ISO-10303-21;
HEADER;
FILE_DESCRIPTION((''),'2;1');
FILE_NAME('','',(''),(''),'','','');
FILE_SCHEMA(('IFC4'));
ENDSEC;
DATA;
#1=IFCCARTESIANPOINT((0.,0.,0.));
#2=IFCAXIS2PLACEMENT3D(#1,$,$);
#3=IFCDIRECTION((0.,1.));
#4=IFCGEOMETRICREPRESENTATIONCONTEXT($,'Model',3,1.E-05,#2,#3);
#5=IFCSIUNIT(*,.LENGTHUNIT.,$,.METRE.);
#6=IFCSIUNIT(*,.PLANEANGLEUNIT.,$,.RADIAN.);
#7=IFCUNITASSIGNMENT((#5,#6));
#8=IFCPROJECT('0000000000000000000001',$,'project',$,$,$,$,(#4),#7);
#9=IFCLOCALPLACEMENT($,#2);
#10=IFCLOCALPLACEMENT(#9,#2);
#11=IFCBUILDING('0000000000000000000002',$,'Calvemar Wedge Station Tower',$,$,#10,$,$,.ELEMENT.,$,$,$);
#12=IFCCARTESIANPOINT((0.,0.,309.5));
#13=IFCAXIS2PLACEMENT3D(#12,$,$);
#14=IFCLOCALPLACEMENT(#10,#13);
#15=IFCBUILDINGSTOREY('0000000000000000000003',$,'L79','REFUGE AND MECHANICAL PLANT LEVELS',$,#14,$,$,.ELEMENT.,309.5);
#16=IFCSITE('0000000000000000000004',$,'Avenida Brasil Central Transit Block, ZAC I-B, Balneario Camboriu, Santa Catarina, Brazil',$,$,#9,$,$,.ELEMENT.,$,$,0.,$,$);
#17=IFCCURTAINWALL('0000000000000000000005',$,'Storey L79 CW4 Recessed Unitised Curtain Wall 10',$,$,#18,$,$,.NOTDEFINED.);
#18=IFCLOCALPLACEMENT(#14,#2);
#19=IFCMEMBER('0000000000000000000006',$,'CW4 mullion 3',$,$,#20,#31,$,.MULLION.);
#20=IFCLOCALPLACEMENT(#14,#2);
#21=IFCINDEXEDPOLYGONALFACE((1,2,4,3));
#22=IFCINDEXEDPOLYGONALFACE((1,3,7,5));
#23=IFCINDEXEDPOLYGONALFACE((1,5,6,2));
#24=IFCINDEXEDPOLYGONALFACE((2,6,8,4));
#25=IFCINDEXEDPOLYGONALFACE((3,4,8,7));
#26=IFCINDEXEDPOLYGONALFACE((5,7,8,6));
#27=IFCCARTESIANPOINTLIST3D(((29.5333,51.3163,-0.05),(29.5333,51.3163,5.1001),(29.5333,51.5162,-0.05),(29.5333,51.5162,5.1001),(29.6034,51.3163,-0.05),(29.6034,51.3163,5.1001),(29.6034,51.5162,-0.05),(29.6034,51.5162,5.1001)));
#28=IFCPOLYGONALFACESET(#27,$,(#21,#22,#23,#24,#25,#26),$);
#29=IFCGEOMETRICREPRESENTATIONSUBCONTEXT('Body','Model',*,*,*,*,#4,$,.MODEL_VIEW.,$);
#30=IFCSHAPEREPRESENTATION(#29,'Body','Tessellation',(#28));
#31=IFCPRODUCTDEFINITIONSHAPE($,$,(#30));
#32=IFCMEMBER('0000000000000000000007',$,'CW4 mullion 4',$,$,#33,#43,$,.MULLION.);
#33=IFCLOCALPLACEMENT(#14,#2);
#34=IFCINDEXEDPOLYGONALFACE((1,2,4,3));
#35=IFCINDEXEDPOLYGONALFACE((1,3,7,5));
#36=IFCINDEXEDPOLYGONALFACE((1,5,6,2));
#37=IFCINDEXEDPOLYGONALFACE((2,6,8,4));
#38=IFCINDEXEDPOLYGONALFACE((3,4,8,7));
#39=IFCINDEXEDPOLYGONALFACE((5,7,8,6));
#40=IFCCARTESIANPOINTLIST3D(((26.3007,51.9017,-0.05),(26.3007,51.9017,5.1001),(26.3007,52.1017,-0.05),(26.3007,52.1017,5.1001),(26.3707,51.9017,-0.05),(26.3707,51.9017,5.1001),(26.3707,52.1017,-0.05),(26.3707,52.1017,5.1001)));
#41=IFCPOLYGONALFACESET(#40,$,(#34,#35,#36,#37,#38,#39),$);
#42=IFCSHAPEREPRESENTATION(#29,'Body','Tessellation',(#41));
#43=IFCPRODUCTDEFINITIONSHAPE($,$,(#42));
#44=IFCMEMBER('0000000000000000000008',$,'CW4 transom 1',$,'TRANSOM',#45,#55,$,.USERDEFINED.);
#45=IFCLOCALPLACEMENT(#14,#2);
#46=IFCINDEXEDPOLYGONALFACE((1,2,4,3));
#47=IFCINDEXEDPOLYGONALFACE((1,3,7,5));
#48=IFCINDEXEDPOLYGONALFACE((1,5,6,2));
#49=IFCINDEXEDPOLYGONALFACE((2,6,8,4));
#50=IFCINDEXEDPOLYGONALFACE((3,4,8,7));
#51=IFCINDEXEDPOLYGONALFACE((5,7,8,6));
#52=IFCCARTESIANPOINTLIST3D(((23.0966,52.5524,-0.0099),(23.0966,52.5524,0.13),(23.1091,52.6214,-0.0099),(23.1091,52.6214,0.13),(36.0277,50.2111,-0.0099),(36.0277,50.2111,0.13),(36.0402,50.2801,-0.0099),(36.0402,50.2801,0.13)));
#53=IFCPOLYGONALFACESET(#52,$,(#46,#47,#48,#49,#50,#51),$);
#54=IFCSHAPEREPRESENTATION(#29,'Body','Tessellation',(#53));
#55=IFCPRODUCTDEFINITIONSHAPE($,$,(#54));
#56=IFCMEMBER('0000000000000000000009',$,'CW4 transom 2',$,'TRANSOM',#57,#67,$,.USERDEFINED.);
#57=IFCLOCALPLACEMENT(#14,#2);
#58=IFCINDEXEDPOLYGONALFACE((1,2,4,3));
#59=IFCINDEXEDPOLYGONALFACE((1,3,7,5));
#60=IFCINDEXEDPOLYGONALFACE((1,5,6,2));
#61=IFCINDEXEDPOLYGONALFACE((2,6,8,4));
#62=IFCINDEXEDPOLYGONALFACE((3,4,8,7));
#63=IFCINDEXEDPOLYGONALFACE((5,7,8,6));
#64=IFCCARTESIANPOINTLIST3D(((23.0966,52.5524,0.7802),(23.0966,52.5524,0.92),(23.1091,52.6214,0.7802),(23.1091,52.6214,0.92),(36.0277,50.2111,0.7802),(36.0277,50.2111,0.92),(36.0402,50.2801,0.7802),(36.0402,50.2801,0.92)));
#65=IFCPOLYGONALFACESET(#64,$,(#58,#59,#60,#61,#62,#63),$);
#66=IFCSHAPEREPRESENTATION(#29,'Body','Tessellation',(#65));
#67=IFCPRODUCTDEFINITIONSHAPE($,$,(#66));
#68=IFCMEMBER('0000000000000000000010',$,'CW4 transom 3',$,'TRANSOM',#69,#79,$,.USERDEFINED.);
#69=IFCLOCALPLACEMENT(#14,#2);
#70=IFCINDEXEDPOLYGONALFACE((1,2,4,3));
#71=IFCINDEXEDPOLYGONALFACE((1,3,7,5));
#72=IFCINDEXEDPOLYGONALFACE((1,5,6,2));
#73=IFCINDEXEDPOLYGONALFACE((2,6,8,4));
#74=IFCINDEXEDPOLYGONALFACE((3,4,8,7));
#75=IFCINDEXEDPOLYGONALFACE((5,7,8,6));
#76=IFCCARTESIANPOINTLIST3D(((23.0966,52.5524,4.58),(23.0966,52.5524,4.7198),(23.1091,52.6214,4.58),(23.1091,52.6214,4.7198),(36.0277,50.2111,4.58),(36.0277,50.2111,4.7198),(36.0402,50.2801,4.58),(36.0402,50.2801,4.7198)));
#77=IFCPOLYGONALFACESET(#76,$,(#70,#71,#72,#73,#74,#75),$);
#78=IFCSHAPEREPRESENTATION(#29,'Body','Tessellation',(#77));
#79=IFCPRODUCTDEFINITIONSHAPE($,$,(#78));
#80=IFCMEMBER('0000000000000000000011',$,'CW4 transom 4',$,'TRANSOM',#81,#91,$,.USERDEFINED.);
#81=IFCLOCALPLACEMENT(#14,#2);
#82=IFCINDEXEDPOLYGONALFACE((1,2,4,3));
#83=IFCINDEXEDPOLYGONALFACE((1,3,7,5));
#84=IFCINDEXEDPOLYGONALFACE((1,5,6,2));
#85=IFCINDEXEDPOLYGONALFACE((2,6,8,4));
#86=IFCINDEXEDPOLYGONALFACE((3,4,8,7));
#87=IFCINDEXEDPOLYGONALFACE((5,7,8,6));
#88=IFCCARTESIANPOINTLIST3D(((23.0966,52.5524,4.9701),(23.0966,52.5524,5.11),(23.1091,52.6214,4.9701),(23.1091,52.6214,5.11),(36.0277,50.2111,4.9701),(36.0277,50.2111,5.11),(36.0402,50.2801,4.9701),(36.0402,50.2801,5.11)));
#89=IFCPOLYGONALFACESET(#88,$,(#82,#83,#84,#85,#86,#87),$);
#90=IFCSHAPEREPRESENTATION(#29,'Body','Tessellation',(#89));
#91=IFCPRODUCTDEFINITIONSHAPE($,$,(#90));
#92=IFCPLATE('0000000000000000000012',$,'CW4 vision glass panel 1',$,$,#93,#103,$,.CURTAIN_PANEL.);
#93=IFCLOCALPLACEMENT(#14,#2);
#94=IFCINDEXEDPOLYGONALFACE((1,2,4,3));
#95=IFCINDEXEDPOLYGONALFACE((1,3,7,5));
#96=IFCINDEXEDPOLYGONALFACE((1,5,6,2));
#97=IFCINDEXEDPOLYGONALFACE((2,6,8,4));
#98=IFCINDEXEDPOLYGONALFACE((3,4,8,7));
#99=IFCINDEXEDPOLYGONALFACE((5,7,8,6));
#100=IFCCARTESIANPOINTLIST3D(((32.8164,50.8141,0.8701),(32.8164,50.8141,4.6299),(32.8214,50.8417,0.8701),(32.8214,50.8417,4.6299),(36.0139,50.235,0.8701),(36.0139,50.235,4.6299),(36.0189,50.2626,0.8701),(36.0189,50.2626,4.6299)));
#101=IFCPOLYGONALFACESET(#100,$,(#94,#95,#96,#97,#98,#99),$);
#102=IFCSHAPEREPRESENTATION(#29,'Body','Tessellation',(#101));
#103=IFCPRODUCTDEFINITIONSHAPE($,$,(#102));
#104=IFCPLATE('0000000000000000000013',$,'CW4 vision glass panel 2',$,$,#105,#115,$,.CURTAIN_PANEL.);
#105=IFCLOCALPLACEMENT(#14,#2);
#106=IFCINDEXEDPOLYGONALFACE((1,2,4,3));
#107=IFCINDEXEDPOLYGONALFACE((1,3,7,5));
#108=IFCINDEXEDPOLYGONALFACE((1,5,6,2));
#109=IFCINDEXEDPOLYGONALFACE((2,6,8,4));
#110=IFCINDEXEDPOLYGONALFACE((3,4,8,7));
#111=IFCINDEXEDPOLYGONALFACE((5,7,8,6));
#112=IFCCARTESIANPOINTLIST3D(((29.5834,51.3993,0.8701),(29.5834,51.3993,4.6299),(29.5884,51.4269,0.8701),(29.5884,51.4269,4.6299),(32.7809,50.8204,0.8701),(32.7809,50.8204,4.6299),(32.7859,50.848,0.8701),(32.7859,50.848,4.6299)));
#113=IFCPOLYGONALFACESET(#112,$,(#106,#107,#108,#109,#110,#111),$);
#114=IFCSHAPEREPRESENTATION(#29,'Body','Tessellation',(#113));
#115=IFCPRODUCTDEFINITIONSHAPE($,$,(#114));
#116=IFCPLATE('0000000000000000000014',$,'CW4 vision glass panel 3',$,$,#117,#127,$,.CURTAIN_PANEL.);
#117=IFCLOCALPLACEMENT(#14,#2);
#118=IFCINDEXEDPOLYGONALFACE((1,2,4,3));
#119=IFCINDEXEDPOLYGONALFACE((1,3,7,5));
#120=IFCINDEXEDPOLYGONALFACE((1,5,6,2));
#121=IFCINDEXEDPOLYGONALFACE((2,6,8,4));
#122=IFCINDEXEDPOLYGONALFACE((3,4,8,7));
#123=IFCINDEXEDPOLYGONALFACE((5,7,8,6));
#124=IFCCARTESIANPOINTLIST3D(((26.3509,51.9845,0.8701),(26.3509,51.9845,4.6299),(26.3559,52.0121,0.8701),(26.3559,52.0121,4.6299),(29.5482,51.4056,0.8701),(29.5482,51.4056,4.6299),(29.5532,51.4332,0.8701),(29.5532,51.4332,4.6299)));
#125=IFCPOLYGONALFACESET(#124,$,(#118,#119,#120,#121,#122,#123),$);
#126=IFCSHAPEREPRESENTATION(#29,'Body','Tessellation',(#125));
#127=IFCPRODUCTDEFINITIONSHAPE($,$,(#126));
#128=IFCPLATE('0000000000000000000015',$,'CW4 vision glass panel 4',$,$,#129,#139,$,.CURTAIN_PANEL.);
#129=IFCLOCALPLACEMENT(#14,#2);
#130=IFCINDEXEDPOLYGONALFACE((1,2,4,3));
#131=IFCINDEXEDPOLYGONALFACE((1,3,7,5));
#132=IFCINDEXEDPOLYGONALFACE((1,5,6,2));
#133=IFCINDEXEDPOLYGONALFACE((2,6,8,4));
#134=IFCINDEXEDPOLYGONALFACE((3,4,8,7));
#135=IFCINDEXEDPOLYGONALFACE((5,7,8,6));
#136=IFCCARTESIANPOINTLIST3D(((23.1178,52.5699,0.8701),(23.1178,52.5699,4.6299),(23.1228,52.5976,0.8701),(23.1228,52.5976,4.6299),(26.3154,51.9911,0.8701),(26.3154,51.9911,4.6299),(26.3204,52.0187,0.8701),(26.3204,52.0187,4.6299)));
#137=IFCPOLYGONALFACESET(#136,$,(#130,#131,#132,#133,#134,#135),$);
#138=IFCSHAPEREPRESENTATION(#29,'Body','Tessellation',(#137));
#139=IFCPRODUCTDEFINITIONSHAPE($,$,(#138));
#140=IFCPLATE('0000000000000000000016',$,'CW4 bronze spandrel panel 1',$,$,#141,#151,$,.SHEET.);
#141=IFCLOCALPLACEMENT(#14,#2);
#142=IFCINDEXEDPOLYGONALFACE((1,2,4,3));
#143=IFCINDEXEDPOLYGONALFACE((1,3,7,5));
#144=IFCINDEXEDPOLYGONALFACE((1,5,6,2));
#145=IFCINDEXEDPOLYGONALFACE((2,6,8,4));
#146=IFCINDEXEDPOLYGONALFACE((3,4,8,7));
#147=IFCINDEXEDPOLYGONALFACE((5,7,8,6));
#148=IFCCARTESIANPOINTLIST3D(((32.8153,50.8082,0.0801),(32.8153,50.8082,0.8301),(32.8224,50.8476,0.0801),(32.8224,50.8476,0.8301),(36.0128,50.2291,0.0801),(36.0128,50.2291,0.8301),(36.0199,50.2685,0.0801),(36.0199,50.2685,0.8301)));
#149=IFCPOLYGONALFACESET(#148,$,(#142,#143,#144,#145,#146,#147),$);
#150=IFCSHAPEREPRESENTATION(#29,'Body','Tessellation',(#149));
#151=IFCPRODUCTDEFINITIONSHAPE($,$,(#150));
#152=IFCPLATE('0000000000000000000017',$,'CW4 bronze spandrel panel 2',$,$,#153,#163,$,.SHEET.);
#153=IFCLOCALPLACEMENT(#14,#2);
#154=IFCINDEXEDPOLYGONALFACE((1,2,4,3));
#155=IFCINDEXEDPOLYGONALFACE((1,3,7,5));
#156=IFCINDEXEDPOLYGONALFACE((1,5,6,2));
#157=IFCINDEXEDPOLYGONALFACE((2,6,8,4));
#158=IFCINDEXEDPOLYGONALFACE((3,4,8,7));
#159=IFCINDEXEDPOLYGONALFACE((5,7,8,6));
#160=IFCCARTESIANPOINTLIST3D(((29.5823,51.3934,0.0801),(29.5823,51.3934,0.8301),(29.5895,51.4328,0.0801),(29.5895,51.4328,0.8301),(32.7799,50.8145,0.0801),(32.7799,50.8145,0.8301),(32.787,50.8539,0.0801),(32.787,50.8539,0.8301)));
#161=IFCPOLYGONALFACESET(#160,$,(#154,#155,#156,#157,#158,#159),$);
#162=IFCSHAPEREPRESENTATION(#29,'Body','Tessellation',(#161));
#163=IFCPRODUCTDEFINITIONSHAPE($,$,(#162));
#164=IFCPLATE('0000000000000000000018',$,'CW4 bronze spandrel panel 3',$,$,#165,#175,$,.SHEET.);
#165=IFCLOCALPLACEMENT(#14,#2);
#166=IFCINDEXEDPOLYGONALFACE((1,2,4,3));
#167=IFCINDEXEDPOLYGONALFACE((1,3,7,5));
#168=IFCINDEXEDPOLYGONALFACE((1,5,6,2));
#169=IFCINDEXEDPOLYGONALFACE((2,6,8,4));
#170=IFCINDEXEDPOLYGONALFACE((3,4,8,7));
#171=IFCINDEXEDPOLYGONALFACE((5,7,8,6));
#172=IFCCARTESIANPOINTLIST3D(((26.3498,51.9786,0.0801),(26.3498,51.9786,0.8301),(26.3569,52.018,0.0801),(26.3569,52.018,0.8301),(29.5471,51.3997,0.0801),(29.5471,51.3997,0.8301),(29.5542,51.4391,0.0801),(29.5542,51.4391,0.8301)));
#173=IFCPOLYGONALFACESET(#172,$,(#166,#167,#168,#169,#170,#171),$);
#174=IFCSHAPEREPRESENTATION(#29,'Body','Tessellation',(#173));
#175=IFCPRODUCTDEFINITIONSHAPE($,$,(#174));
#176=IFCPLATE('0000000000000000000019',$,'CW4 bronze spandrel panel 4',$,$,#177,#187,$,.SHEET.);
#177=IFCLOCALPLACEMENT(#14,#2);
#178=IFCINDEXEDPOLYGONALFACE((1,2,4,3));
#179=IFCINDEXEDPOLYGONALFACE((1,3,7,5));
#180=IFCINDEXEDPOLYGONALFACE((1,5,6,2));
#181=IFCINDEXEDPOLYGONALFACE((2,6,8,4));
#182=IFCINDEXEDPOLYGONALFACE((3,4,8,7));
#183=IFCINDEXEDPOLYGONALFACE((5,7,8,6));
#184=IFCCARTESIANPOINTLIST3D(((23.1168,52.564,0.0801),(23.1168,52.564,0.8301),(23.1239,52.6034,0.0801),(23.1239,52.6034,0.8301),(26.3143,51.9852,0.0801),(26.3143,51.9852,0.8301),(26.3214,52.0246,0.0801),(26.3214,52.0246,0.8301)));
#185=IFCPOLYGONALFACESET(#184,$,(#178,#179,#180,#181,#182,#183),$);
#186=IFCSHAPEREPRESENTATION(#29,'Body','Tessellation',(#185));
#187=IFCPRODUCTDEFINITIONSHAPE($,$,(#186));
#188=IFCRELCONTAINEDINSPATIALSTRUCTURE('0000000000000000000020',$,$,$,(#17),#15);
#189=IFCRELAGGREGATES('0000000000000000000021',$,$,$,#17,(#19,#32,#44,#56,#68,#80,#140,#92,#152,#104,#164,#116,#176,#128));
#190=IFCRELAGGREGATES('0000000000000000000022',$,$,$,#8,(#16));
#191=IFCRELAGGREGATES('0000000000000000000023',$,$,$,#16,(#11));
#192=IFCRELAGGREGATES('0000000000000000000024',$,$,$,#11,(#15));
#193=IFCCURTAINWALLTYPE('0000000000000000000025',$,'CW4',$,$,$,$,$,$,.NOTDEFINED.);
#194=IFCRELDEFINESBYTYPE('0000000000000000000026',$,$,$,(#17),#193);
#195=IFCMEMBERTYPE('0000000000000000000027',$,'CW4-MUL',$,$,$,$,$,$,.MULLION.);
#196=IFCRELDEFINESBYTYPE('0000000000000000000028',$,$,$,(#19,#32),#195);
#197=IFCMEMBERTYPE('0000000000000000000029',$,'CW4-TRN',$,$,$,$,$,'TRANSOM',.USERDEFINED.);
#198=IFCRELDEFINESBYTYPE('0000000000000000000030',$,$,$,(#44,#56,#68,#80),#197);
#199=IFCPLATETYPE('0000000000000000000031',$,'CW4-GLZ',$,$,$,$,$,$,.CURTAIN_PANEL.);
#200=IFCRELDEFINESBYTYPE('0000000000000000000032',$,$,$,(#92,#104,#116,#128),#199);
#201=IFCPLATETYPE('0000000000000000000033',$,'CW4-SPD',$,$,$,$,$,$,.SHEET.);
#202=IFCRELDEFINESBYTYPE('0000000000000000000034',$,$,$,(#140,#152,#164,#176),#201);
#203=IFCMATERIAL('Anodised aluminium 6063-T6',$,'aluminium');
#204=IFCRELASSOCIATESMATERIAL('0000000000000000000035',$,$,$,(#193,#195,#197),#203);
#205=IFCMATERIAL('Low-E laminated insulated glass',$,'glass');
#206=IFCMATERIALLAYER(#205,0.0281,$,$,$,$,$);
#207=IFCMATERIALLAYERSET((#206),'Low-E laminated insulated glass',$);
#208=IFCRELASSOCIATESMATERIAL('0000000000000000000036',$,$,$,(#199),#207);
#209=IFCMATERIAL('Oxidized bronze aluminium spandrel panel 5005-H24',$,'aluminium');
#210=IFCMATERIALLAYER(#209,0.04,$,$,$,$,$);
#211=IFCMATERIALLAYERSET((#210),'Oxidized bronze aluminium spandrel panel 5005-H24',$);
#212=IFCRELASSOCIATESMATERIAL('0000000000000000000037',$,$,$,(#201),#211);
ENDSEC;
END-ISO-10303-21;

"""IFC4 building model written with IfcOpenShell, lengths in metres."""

from ifc_helpers import new_model, si_unit, direction, frame, frame_2d, origin, origin_2d, place, context, subcontext, project, spatial, rectangle, extrude, source, transform, mapped, material, layer, layer_set, material_profile, profile_set, type_object, element, aggregate, save


model = new_model("IFC4")

# Units and contexts
model_context = context("Model", 3, precision=1e-05, world=origin(), true_north=direction((0.0, 1.0)))
body_context = subcontext(model_context, "Body", "Model", "MODEL_VIEW")
ifc_project = project(units=[si_unit("LENGTHUNIT", "METRE"), si_unit("PLANEANGLEUNIT", "RADIAN")], contexts=[model_context])

# Site, building, storey
site_placement = place(None, origin())
site = spatial("IfcSite", under=ifc_project, at=site_placement, Name="Avenida Brasil Central Transit Block, ZAC I-B, Balneario Camboriu, Santa Catarina, Brazil", CompositionType="ELEMENT", RefElevation=0.0)
building_placement = place(site_placement, origin())
building = spatial("IfcBuilding", under=site, at=building_placement, Name="Calvemar Wedge Station Tower", CompositionType="ELEMENT")
storey_placement = place(building_placement, frame((0.0, 0.0, 309.5)))
storey = spatial("IfcBuildingStorey", under=building, at=storey_placement, Name="L79", Description="REFUGE AND MECHANICAL PLANT LEVELS", CompositionType="ELEMENT", Elevation=309.5)

# Curtain wall, members, plates
ifc_material_1 = material(Name="Anodised aluminium 6063-T6", Category="aluminium")
curtain_wall_type = type_object("IfcCurtainWallType", Name="CW4", PredefinedType="NOTDEFINED", material=ifc_material_1)
curtain_wall_placement = place(storey_placement, origin())
curtain_wall = element("IfcCurtainWall", 1, at=curtain_wall_placement, inside=storey, type_object=curtain_wall_type, Name="Storey L79 CW4 Recessed Unitised Curtain Wall 10", PredefinedType="NOTDEFINED")
ifc_material_profile_1 = material_profile(ifc_material_1, rectangle(XDim=0.0701, YDim=0.2, at=origin_2d()), Name="AL-MUL-70x200")
ifc_profile_set_1 = profile_set([ifc_material_profile_1], Name="Anodised aluminium 6063-T6")
member_type_1 = type_object("IfcMemberType", Name="CW4-MUL", PredefinedType="MULLION", material=ifc_profile_set_1)
shared_shape_1 = source(origin(), body_context, "Body", "SweptSolid", [
    extrude(rectangle(XDim=0.0701, YDim=0.2, at=origin_2d()), origin(), (0.0, 0.0, 1.0), 5.1501),
])
member_1_placement = place(storey_placement, frame((29.5684, 51.4163, -0.05), z_axis=(0.0, 0.0, 1.0), x_axis=(1.0, 0.0, 0.0)))
member_1 = element("IfcMember", 2, at=member_1_placement, type_object=member_type_1, Name="CW4 mullion 3", PredefinedType="MULLION", context=body_context, shape_type="MappedRepresentation", body=[
    mapped(shared_shape_1, transform((0.0, 0.0, 0.0), scale=1.0)),
])
member_2_placement = place(storey_placement, frame((26.3357, 52.0017, -0.05), z_axis=(0.0, 0.0, 1.0), x_axis=(1.0, 0.0, 0.0)))
member_2 = element("IfcMember", 3, at=member_2_placement, type_object=member_type_1, Name="CW4 mullion 4", PredefinedType="MULLION", context=body_context, shape_type="MappedRepresentation", body=[
    mapped(shared_shape_1, transform((0.0, 0.0, 0.0), scale=1.0)),
])
ifc_material_profile_2 = material_profile(ifc_material_1, rectangle(XDim=0.0701, YDim=0.1399, at=origin_2d()), Name="AL-TRN-70x140")
ifc_profile_set_2 = profile_set([ifc_material_profile_2], Name="Anodised aluminium 6063-T6")
member_type_2 = type_object("IfcMemberType", Name="CW4-TRN", ElementType="TRANSOM", PredefinedType="USERDEFINED", material=ifc_profile_set_2)
shared_shape_2 = source(origin(), body_context, "Body", "SweptSolid", [
    extrude(rectangle(XDim=0.0701, YDim=0.1399, at=origin_2d()), origin(), (0.0, 0.0, 1.0), 13.1414),
])
member_3_placement = place(storey_placement, frame((36.0339, 50.2456, 0.0601), z_axis=(-0.984001, 0.178163, 0.0), x_axis=(-0.178163, -0.984001, 0.0)))
member_3 = element("IfcMember", 4, at=member_3_placement, type_object=member_type_2, Name="CW4 transom 1", ObjectType="TRANSOM", PredefinedType="USERDEFINED", context=body_context, shape_type="MappedRepresentation", body=[
    mapped(shared_shape_2, transform((0.0, 0.0, 0.0), scale=1.0)),
])
member_4_placement = place(storey_placement, frame((36.0339, 50.2456, 0.8501), z_axis=(-0.984001, 0.178163, 0.0), x_axis=(-0.178163, -0.984001, 0.0)))
member_4 = element("IfcMember", 5, at=member_4_placement, type_object=member_type_2, Name="CW4 transom 2", ObjectType="TRANSOM", PredefinedType="USERDEFINED", context=body_context, shape_type="MappedRepresentation", body=[
    mapped(shared_shape_2, transform((0.0, 0.0, 0.0), scale=1.0)),
])
member_5_placement = place(storey_placement, frame((36.0339, 50.2456, 4.6499), z_axis=(-0.984001, 0.178163, 0.0), x_axis=(-0.178163, -0.984001, 0.0)))
member_5 = element("IfcMember", 6, at=member_5_placement, type_object=member_type_2, Name="CW4 transom 3", ObjectType="TRANSOM", PredefinedType="USERDEFINED", context=body_context, shape_type="MappedRepresentation", body=[
    mapped(shared_shape_2, transform((0.0, 0.0, 0.0), scale=1.0)),
])
member_6_placement = place(storey_placement, frame((36.0339, 50.2456, 5.04), z_axis=(-0.984001, 0.178163, 0.0), x_axis=(-0.178163, -0.984001, 0.0)))
member_6 = element("IfcMember", 7, at=member_6_placement, type_object=member_type_2, Name="CW4 transom 4", ObjectType="TRANSOM", PredefinedType="USERDEFINED", context=body_context, shape_type="MappedRepresentation", body=[
    mapped(shared_shape_2, transform((0.0, 0.0, 0.0), scale=1.0)),
])
ifc_material_2 = material(Name="Low-E laminated insulated glass", Category="glass")
ifc_layer_1 = layer(ifc_material_2, 0.0281)
ifc_layer_set_1 = layer_set([ifc_layer_1], Name="Low-E laminated insulated glass")
plate_type_1 = type_object("IfcPlateType", Name="CW4-GLZ", PredefinedType="CURTAIN_PANEL", material=ifc_layer_set_1)
plate_1_placement = place(storey_placement, frame((36.0164, 50.2488, 0.8701), z_axis=(0.0, 0.0, 1.0), x_axis=(-0.983992, 0.178211, 0.0)))
plate_1 = element("IfcPlate", 8, at=plate_1_placement, type_object=plate_type_1, Name="CW4 vision glass panel 1", PredefinedType="CURTAIN_PANEL", context=body_context, shape_type="SweptSolid", body=[
    extrude(rectangle(XDim=3.2495, YDim=0.0281, at=frame_2d((1.6248, 0.0))), origin(), (0.0, 0.0, 1.0), 3.7598),
])
plate_2_placement = place(storey_placement, frame((32.7834, 50.8342, 0.8701), z_axis=(0.0, 0.0, 1.0), x_axis=(-0.984005, 0.178138, 0.0)))
plate_2 = element("IfcPlate", 9, at=plate_2_placement, type_object=plate_type_1, Name="CW4 vision glass panel 2", PredefinedType="CURTAIN_PANEL", context=body_context, shape_type="SweptSolid", body=[
    extrude(rectangle(XDim=3.2495, YDim=0.0281, at=frame_2d((1.6248, 0.0))), origin(), (0.0, 0.0, 1.0), 3.7598),
])
plate_3_placement = place(storey_placement, frame((29.5505, 51.4194, 0.8701), z_axis=(0.0, 0.0, 1.0), x_axis=(-0.984003, 0.178151, 0.0)))
plate_3 = element("IfcPlate", 10, at=plate_3_placement, type_object=plate_type_1, Name="CW4 vision glass panel 3", PredefinedType="CURTAIN_PANEL", context=body_context, shape_type="SweptSolid", body=[
    extrude(rectangle(XDim=3.2493, YDim=0.0281, at=frame_2d((1.6245, 0.0))), origin(), (0.0, 0.0, 1.0), 3.7598),
])
plate_4_placement = place(storey_placement, frame((26.3179, 52.0049, 0.8701), z_axis=(0.0, 0.0, 1.0), x_axis=(-0.984005, 0.178138, 0.0)))
plate_4 = element("IfcPlate", 11, at=plate_4_placement, type_object=plate_type_1, Name="CW4 vision glass panel 4", PredefinedType="CURTAIN_PANEL", context=body_context, shape_type="SweptSolid", body=[
    extrude(rectangle(XDim=3.2495, YDim=0.0281, at=frame_2d((1.6248, 0.0))), origin(), (0.0, 0.0, 1.0), 3.7598),
])
ifc_material_3 = material(Name="Oxidized bronze aluminium spandrel panel 5005-H24", Category="aluminium")
ifc_layer_2 = layer(ifc_material_3, 0.04)
ifc_layer_set_2 = layer_set([ifc_layer_2], Name="Oxidized bronze aluminium spandrel panel 5005-H24")
plate_type_2 = type_object("IfcPlateType", Name="CW4-SPD", PredefinedType="SHEET", material=ifc_layer_set_2)
plate_5_placement = place(storey_placement, frame((36.0164, 50.2488, 0.0801), z_axis=(0.0, 0.0, 1.0), x_axis=(-0.983992, 0.178211, 0.0)))
plate_5 = element("IfcPlate", 12, at=plate_5_placement, type_object=plate_type_2, Name="CW4 bronze spandrel panel 1", PredefinedType="SHEET", context=body_context, shape_type="SweptSolid", body=[
    extrude(rectangle(XDim=3.2495, YDim=0.04, at=frame_2d((1.6248, 0.0))), origin(), (0.0, 0.0, 1.0), 0.75),
])
plate_6_placement = place(storey_placement, frame((32.7834, 50.8342, 0.0801), z_axis=(0.0, 0.0, 1.0), x_axis=(-0.984005, 0.178138, 0.0)))
plate_6 = element("IfcPlate", 13, at=plate_6_placement, type_object=plate_type_2, Name="CW4 bronze spandrel panel 2", PredefinedType="SHEET", context=body_context, shape_type="SweptSolid", body=[
    extrude(rectangle(XDim=3.2495, YDim=0.04, at=frame_2d((1.6248, 0.0))), origin(), (0.0, 0.0, 1.0), 0.75),
])
plate_7_placement = place(storey_placement, frame((29.5505, 51.4194, 0.0801), z_axis=(0.0, 0.0, 1.0), x_axis=(-0.984003, 0.178151, 0.0)))
plate_7 = element("IfcPlate", 14, at=plate_7_placement, type_object=plate_type_2, Name="CW4 bronze spandrel panel 3", PredefinedType="SHEET", context=body_context, shape_type="SweptSolid", body=[
    extrude(rectangle(XDim=3.2493, YDim=0.04, at=frame_2d((1.6245, 0.0))), origin(), (0.0, 0.0, 1.0), 0.75),
])
plate_8_placement = place(storey_placement, frame((26.3179, 52.0049, 0.0801), z_axis=(0.0, 0.0, 1.0), x_axis=(-0.984005, 0.178138, 0.0)))
plate_8 = element("IfcPlate", 15, at=plate_8_placement, type_object=plate_type_2, Name="CW4 bronze spandrel panel 4", PredefinedType="SHEET", context=body_context, shape_type="SweptSolid", body=[
    extrude(rectangle(XDim=3.2495, YDim=0.04, at=frame_2d((1.6248, 0.0))), origin(), (0.0, 0.0, 1.0), 0.75),
])
aggregate(curtain_wall, [member_1, member_2, member_3, member_4, member_5, member_6, plate_5, plate_1, plate_6, plate_2, plate_7, plate_3, plate_8, plate_4])

save(model, "model.ifc")
